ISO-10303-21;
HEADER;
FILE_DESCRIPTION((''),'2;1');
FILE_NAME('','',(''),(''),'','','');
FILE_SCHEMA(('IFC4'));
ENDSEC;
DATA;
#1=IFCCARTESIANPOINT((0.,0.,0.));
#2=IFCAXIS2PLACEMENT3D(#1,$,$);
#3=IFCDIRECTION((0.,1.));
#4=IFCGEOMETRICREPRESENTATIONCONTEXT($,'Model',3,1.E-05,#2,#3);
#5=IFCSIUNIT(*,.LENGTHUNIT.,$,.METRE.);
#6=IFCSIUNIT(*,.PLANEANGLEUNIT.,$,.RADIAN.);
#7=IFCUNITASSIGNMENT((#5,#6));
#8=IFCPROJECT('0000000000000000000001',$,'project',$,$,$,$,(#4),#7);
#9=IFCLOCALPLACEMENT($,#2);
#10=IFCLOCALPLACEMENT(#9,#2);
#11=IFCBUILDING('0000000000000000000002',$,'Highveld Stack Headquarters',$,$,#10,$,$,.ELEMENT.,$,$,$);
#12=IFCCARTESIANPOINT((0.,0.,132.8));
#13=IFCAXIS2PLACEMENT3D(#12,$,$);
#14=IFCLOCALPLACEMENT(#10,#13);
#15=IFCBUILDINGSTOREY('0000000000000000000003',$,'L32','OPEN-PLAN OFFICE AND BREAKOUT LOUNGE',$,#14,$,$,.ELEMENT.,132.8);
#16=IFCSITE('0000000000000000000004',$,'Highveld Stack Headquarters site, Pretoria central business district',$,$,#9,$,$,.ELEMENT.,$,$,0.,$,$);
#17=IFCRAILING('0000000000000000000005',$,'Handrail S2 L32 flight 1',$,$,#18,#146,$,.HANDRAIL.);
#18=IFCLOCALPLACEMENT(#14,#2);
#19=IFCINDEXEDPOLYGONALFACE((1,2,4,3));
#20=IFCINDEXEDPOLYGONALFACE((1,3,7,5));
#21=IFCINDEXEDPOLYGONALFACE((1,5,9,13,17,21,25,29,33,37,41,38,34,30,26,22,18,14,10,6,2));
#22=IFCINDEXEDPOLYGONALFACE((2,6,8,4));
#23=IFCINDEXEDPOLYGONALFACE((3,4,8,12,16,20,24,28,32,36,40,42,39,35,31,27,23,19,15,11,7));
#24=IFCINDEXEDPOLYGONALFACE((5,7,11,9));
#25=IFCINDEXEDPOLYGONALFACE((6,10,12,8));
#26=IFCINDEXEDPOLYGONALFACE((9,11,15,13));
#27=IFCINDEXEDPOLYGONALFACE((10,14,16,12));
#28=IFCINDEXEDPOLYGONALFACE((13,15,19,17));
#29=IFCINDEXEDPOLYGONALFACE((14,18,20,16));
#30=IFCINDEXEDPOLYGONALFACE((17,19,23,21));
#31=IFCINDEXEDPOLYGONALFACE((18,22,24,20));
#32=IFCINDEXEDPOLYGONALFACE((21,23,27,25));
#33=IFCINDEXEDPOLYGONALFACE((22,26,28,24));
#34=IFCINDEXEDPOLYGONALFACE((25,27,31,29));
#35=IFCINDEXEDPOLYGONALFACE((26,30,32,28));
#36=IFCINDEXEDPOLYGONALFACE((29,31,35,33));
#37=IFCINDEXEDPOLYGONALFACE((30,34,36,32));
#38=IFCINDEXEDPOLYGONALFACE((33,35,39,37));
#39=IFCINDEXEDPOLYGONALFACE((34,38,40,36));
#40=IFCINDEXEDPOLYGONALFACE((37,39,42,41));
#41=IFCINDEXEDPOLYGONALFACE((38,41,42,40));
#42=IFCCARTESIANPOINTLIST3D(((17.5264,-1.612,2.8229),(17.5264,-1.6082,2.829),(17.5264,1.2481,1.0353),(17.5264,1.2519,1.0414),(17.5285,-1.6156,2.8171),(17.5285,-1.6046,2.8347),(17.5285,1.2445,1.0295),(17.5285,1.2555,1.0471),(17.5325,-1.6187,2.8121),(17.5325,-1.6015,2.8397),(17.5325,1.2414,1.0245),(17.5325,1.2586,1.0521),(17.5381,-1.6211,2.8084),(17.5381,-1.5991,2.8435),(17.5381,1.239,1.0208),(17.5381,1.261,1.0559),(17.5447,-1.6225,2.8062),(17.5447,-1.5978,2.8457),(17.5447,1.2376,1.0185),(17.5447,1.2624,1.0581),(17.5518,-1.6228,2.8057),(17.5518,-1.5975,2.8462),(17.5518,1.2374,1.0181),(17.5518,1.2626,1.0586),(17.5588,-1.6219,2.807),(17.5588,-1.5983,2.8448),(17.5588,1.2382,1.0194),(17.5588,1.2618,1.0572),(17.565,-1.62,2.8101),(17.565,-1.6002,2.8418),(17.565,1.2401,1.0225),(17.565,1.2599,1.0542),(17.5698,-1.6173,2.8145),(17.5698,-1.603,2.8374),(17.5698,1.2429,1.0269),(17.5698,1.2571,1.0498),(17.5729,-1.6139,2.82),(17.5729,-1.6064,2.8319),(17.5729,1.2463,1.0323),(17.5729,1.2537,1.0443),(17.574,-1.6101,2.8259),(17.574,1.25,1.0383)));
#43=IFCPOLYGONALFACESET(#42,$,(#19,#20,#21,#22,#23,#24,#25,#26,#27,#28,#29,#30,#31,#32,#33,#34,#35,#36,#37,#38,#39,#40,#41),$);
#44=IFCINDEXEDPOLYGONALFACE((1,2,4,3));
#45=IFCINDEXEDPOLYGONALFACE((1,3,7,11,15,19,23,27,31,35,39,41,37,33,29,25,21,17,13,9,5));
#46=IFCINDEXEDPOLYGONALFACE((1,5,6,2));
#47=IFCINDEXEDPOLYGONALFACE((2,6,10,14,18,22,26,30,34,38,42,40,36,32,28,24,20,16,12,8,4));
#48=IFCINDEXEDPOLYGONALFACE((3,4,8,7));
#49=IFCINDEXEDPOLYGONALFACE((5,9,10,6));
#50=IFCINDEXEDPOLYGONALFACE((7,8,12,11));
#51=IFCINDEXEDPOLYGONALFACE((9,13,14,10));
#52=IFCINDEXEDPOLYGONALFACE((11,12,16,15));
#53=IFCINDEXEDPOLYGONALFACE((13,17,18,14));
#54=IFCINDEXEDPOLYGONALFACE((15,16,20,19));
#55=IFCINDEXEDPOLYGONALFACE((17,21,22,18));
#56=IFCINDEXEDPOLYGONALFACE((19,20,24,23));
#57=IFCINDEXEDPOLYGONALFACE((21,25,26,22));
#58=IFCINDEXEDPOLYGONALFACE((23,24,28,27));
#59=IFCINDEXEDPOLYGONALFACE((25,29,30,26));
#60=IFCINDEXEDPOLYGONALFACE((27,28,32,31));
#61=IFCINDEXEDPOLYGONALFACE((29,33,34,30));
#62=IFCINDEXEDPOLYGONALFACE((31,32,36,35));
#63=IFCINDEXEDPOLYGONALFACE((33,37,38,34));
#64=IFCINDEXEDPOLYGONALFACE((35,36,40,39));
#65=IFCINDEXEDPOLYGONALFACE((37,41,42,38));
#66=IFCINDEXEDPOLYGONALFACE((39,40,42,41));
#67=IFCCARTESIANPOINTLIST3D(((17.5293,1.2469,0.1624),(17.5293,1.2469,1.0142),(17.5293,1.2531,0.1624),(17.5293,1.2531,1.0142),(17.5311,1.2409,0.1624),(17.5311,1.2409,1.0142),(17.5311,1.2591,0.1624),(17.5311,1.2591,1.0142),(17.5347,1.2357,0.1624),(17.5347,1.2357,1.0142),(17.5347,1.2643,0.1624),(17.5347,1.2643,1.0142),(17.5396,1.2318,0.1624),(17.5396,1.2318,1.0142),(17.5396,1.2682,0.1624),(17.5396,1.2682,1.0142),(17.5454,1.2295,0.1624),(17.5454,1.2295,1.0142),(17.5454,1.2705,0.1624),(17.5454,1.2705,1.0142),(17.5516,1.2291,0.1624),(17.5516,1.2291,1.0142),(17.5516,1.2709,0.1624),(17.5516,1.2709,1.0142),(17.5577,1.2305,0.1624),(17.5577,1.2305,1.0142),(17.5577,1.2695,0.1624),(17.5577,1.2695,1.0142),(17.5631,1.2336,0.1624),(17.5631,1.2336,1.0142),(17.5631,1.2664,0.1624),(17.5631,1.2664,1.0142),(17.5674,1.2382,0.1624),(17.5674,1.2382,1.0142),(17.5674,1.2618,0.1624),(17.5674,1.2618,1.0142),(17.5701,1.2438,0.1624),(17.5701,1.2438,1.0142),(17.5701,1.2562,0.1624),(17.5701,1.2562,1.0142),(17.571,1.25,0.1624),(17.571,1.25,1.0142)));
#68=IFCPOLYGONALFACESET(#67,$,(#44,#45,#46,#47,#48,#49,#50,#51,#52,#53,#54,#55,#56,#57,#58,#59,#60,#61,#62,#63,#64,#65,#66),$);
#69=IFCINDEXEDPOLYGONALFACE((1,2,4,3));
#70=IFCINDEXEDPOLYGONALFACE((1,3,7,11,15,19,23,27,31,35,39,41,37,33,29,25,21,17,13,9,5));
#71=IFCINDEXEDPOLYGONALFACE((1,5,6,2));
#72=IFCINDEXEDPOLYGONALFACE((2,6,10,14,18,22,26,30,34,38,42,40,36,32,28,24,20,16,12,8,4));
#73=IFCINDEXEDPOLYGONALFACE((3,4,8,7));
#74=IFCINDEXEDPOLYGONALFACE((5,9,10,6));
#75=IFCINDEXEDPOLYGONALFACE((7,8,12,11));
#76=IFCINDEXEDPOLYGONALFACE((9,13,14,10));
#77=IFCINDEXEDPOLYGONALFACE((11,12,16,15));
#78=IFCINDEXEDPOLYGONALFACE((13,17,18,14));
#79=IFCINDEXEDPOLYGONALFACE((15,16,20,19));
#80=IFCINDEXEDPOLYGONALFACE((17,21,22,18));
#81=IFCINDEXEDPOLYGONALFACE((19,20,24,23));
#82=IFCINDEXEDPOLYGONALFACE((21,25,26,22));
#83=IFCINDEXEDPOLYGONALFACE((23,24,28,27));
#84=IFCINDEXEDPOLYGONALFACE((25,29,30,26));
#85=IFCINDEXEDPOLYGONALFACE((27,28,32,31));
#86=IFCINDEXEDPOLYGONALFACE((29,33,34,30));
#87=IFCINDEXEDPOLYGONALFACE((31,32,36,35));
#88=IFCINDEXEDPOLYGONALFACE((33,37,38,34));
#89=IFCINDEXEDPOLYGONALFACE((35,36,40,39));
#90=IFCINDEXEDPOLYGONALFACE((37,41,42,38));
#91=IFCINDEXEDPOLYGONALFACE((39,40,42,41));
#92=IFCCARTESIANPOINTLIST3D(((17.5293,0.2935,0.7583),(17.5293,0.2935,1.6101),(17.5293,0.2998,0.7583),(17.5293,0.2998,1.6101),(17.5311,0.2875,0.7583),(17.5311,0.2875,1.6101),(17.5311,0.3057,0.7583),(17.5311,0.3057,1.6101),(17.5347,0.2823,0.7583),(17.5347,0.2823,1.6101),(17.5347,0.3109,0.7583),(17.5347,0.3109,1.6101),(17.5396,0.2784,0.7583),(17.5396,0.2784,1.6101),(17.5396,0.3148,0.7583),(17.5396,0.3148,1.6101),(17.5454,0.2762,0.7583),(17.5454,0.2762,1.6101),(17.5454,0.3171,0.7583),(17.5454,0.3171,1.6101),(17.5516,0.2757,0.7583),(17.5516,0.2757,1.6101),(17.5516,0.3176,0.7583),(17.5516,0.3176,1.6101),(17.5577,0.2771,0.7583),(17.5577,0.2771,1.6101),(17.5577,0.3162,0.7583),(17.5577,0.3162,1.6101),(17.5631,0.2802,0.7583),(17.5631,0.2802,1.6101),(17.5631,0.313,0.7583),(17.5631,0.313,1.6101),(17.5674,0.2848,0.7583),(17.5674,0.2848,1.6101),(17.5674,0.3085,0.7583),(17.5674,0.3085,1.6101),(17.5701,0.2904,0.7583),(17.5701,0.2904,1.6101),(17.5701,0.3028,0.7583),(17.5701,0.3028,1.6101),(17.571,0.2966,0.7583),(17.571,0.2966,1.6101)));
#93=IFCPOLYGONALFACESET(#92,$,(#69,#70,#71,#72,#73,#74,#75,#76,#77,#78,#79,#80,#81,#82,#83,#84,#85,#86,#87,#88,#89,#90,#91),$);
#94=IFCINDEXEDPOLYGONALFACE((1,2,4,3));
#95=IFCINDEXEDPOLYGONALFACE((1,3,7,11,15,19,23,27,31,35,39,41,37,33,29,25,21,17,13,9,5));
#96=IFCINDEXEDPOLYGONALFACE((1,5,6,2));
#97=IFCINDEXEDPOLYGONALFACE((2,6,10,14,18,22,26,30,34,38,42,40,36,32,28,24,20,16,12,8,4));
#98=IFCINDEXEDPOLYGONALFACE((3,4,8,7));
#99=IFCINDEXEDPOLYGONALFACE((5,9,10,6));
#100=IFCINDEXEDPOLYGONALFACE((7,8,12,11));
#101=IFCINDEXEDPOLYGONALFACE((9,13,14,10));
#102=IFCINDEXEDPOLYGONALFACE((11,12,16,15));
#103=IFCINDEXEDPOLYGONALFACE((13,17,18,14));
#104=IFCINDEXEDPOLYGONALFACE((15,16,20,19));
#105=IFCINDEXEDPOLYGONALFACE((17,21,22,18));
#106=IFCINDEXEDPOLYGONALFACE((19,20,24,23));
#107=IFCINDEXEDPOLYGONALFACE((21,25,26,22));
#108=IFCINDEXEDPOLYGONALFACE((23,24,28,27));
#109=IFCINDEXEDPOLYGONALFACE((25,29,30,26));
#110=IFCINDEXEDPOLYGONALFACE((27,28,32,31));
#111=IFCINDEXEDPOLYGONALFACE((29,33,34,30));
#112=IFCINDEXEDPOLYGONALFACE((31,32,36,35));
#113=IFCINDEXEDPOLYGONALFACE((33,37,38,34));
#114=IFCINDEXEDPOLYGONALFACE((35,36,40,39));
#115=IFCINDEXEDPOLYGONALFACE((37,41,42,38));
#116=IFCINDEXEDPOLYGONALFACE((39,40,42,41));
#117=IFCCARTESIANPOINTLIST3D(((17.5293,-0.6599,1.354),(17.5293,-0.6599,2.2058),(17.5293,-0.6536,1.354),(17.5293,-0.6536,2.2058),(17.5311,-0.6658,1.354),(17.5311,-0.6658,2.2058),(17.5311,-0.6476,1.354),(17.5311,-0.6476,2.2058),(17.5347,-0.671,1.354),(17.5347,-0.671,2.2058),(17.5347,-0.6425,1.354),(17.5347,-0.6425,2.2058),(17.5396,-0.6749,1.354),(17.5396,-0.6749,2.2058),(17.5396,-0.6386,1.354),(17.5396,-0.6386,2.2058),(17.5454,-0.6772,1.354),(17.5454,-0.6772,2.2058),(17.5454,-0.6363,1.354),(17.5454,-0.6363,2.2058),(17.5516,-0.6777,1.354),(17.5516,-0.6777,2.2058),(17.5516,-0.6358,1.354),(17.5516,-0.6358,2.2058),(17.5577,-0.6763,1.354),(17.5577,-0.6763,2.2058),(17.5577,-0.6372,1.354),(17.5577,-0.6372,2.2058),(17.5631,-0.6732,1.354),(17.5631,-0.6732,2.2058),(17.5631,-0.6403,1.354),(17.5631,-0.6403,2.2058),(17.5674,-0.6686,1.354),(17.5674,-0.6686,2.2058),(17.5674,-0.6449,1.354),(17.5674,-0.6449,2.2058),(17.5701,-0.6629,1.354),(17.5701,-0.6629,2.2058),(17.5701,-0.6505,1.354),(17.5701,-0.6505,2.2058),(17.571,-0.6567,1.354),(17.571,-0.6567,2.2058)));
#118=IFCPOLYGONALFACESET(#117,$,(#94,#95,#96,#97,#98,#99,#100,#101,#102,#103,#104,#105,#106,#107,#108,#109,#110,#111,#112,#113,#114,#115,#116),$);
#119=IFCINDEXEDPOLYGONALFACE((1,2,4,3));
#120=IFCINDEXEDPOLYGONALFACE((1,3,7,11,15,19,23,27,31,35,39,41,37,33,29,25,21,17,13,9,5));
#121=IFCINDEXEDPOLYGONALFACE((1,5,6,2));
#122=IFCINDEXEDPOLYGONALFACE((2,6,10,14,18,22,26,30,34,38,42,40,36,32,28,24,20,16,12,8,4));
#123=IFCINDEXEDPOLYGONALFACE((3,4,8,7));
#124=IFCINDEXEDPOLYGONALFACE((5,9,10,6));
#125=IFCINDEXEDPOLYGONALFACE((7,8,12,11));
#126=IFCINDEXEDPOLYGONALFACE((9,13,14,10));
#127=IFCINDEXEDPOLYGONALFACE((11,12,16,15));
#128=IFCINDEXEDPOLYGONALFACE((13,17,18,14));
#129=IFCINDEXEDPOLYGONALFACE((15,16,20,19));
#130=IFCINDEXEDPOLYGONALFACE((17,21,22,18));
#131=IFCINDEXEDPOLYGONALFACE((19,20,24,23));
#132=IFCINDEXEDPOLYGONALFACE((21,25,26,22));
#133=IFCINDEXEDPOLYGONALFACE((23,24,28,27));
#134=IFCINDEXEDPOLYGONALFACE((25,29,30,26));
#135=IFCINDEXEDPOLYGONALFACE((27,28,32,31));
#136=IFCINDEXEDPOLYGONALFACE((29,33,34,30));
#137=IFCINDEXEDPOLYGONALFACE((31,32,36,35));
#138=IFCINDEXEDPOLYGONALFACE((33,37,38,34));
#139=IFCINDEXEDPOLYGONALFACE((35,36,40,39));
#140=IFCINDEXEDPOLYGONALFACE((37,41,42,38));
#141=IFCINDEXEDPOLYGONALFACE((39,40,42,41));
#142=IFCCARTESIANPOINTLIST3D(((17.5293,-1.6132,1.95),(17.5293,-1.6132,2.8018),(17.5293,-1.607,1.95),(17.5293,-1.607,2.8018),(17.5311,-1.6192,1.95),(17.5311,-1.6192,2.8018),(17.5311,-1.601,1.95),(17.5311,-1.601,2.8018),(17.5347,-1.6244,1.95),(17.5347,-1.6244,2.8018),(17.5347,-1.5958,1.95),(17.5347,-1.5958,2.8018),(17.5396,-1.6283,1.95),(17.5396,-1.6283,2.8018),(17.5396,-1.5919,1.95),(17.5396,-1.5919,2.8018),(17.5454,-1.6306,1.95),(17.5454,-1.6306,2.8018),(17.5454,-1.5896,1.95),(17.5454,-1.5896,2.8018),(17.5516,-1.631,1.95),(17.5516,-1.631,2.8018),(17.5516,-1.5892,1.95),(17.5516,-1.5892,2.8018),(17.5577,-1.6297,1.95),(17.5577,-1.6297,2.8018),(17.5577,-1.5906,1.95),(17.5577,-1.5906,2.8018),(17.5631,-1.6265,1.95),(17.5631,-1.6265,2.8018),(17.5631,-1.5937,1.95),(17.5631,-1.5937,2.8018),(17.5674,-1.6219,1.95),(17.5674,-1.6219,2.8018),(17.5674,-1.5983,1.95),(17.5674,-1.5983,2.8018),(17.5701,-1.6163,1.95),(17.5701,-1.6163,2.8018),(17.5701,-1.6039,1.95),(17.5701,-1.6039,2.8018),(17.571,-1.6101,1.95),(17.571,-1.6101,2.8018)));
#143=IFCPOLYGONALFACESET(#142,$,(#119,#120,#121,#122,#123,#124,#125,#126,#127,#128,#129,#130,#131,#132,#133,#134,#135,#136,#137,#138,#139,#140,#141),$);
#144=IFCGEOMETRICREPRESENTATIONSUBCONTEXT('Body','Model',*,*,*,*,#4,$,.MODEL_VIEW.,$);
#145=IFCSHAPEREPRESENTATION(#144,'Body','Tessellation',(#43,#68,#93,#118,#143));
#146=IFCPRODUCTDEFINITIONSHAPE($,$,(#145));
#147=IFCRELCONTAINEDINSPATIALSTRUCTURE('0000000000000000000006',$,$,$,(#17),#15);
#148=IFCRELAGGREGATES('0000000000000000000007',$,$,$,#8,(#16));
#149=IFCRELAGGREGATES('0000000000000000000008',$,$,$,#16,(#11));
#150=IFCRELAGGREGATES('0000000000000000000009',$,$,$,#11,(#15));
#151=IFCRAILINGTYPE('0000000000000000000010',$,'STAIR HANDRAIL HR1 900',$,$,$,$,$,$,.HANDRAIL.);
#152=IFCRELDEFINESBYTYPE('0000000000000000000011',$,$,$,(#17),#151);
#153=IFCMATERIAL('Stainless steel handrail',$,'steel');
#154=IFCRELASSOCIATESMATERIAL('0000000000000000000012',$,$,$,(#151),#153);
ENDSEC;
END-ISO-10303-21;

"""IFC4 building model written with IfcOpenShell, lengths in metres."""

from ifc_helpers import new_model, si_unit, direction, frame, origin, origin_2d, place, context, subcontext, project, spatial, circle, extrude, material, type_object, element, save


model = new_model("IFC4")

# Units and contexts
model_context = context("Model", 3, precision=1e-05, world=origin(), true_north=direction((0.0, 1.0)))
body_context = subcontext(model_context, "Body", "Model", "MODEL_VIEW")
ifc_project = project(units=[si_unit("LENGTHUNIT", "METRE"), si_unit("PLANEANGLEUNIT", "RADIAN")], contexts=[model_context])

# Site, building, storey
site_placement = place(None, origin())
site = spatial("IfcSite", under=ifc_project, at=site_placement, Name="Highveld Stack Headquarters site, Pretoria central business district", CompositionType="ELEMENT", RefElevation=0.0)
building_placement = place(site_placement, origin())
building = spatial("IfcBuilding", under=site, at=building_placement, Name="Highveld Stack Headquarters", CompositionType="ELEMENT")
storey_placement = place(building_placement, frame((0.0, 0.0, 132.8)))
storey = spatial("IfcBuildingStorey", under=building, at=storey_placement, Name="L32", Description="OPEN-PLAN OFFICE AND BREAKOUT LOUNGE", CompositionType="ELEMENT", Elevation=132.8)

# Railing
ifc_material_1 = material(Name="Stainless steel handrail", Category="steel")
railing_type = type_object("IfcRailingType", Name="STAIR HANDRAIL HR1 900", PredefinedType="HANDRAIL", material=ifc_material_1)
for number, where, name in (
    (1, (17.55, 1.25, 0.1624), "Handrail S2 L32 flight 1"),
):
    element("IfcRailing", number, at=place(storey_placement, frame(where)), inside=storey, type_object=railing_type, Name=name, PredefinedType="HANDRAIL", context=body_context, shape_type="SweptSolid", body=[
        extrude(circle(Radius=0.0239, at=origin_2d()), frame((0.0, 0.0, 0.876), z_axis=(0.0, -0.847994, 0.530005), x_axis=(1.0, 0.0, 0.0)), (0.0, 0.0, 1.0), 3.3728),
        extrude(circle(Radius=0.021, at=origin_2d()), origin(), (0.0, 0.0, 1.0), 0.8518),
        extrude(circle(Radius=0.021, at=origin_2d()), frame((0.0, -0.9534, 0.5959)), (0.0, 0.0, 1.0), 0.8518),
        extrude(circle(Radius=0.021, at=origin_2d()), frame((0.0, -1.9067, 1.1917)), (0.0, 0.0, 1.0), 0.8518),
        extrude(circle(Radius=0.021, at=origin_2d()), frame((0.0, -2.8601, 1.7876)), (0.0, 0.0, 1.0), 0.8518),
    ])

save(model, "model.ifc")
